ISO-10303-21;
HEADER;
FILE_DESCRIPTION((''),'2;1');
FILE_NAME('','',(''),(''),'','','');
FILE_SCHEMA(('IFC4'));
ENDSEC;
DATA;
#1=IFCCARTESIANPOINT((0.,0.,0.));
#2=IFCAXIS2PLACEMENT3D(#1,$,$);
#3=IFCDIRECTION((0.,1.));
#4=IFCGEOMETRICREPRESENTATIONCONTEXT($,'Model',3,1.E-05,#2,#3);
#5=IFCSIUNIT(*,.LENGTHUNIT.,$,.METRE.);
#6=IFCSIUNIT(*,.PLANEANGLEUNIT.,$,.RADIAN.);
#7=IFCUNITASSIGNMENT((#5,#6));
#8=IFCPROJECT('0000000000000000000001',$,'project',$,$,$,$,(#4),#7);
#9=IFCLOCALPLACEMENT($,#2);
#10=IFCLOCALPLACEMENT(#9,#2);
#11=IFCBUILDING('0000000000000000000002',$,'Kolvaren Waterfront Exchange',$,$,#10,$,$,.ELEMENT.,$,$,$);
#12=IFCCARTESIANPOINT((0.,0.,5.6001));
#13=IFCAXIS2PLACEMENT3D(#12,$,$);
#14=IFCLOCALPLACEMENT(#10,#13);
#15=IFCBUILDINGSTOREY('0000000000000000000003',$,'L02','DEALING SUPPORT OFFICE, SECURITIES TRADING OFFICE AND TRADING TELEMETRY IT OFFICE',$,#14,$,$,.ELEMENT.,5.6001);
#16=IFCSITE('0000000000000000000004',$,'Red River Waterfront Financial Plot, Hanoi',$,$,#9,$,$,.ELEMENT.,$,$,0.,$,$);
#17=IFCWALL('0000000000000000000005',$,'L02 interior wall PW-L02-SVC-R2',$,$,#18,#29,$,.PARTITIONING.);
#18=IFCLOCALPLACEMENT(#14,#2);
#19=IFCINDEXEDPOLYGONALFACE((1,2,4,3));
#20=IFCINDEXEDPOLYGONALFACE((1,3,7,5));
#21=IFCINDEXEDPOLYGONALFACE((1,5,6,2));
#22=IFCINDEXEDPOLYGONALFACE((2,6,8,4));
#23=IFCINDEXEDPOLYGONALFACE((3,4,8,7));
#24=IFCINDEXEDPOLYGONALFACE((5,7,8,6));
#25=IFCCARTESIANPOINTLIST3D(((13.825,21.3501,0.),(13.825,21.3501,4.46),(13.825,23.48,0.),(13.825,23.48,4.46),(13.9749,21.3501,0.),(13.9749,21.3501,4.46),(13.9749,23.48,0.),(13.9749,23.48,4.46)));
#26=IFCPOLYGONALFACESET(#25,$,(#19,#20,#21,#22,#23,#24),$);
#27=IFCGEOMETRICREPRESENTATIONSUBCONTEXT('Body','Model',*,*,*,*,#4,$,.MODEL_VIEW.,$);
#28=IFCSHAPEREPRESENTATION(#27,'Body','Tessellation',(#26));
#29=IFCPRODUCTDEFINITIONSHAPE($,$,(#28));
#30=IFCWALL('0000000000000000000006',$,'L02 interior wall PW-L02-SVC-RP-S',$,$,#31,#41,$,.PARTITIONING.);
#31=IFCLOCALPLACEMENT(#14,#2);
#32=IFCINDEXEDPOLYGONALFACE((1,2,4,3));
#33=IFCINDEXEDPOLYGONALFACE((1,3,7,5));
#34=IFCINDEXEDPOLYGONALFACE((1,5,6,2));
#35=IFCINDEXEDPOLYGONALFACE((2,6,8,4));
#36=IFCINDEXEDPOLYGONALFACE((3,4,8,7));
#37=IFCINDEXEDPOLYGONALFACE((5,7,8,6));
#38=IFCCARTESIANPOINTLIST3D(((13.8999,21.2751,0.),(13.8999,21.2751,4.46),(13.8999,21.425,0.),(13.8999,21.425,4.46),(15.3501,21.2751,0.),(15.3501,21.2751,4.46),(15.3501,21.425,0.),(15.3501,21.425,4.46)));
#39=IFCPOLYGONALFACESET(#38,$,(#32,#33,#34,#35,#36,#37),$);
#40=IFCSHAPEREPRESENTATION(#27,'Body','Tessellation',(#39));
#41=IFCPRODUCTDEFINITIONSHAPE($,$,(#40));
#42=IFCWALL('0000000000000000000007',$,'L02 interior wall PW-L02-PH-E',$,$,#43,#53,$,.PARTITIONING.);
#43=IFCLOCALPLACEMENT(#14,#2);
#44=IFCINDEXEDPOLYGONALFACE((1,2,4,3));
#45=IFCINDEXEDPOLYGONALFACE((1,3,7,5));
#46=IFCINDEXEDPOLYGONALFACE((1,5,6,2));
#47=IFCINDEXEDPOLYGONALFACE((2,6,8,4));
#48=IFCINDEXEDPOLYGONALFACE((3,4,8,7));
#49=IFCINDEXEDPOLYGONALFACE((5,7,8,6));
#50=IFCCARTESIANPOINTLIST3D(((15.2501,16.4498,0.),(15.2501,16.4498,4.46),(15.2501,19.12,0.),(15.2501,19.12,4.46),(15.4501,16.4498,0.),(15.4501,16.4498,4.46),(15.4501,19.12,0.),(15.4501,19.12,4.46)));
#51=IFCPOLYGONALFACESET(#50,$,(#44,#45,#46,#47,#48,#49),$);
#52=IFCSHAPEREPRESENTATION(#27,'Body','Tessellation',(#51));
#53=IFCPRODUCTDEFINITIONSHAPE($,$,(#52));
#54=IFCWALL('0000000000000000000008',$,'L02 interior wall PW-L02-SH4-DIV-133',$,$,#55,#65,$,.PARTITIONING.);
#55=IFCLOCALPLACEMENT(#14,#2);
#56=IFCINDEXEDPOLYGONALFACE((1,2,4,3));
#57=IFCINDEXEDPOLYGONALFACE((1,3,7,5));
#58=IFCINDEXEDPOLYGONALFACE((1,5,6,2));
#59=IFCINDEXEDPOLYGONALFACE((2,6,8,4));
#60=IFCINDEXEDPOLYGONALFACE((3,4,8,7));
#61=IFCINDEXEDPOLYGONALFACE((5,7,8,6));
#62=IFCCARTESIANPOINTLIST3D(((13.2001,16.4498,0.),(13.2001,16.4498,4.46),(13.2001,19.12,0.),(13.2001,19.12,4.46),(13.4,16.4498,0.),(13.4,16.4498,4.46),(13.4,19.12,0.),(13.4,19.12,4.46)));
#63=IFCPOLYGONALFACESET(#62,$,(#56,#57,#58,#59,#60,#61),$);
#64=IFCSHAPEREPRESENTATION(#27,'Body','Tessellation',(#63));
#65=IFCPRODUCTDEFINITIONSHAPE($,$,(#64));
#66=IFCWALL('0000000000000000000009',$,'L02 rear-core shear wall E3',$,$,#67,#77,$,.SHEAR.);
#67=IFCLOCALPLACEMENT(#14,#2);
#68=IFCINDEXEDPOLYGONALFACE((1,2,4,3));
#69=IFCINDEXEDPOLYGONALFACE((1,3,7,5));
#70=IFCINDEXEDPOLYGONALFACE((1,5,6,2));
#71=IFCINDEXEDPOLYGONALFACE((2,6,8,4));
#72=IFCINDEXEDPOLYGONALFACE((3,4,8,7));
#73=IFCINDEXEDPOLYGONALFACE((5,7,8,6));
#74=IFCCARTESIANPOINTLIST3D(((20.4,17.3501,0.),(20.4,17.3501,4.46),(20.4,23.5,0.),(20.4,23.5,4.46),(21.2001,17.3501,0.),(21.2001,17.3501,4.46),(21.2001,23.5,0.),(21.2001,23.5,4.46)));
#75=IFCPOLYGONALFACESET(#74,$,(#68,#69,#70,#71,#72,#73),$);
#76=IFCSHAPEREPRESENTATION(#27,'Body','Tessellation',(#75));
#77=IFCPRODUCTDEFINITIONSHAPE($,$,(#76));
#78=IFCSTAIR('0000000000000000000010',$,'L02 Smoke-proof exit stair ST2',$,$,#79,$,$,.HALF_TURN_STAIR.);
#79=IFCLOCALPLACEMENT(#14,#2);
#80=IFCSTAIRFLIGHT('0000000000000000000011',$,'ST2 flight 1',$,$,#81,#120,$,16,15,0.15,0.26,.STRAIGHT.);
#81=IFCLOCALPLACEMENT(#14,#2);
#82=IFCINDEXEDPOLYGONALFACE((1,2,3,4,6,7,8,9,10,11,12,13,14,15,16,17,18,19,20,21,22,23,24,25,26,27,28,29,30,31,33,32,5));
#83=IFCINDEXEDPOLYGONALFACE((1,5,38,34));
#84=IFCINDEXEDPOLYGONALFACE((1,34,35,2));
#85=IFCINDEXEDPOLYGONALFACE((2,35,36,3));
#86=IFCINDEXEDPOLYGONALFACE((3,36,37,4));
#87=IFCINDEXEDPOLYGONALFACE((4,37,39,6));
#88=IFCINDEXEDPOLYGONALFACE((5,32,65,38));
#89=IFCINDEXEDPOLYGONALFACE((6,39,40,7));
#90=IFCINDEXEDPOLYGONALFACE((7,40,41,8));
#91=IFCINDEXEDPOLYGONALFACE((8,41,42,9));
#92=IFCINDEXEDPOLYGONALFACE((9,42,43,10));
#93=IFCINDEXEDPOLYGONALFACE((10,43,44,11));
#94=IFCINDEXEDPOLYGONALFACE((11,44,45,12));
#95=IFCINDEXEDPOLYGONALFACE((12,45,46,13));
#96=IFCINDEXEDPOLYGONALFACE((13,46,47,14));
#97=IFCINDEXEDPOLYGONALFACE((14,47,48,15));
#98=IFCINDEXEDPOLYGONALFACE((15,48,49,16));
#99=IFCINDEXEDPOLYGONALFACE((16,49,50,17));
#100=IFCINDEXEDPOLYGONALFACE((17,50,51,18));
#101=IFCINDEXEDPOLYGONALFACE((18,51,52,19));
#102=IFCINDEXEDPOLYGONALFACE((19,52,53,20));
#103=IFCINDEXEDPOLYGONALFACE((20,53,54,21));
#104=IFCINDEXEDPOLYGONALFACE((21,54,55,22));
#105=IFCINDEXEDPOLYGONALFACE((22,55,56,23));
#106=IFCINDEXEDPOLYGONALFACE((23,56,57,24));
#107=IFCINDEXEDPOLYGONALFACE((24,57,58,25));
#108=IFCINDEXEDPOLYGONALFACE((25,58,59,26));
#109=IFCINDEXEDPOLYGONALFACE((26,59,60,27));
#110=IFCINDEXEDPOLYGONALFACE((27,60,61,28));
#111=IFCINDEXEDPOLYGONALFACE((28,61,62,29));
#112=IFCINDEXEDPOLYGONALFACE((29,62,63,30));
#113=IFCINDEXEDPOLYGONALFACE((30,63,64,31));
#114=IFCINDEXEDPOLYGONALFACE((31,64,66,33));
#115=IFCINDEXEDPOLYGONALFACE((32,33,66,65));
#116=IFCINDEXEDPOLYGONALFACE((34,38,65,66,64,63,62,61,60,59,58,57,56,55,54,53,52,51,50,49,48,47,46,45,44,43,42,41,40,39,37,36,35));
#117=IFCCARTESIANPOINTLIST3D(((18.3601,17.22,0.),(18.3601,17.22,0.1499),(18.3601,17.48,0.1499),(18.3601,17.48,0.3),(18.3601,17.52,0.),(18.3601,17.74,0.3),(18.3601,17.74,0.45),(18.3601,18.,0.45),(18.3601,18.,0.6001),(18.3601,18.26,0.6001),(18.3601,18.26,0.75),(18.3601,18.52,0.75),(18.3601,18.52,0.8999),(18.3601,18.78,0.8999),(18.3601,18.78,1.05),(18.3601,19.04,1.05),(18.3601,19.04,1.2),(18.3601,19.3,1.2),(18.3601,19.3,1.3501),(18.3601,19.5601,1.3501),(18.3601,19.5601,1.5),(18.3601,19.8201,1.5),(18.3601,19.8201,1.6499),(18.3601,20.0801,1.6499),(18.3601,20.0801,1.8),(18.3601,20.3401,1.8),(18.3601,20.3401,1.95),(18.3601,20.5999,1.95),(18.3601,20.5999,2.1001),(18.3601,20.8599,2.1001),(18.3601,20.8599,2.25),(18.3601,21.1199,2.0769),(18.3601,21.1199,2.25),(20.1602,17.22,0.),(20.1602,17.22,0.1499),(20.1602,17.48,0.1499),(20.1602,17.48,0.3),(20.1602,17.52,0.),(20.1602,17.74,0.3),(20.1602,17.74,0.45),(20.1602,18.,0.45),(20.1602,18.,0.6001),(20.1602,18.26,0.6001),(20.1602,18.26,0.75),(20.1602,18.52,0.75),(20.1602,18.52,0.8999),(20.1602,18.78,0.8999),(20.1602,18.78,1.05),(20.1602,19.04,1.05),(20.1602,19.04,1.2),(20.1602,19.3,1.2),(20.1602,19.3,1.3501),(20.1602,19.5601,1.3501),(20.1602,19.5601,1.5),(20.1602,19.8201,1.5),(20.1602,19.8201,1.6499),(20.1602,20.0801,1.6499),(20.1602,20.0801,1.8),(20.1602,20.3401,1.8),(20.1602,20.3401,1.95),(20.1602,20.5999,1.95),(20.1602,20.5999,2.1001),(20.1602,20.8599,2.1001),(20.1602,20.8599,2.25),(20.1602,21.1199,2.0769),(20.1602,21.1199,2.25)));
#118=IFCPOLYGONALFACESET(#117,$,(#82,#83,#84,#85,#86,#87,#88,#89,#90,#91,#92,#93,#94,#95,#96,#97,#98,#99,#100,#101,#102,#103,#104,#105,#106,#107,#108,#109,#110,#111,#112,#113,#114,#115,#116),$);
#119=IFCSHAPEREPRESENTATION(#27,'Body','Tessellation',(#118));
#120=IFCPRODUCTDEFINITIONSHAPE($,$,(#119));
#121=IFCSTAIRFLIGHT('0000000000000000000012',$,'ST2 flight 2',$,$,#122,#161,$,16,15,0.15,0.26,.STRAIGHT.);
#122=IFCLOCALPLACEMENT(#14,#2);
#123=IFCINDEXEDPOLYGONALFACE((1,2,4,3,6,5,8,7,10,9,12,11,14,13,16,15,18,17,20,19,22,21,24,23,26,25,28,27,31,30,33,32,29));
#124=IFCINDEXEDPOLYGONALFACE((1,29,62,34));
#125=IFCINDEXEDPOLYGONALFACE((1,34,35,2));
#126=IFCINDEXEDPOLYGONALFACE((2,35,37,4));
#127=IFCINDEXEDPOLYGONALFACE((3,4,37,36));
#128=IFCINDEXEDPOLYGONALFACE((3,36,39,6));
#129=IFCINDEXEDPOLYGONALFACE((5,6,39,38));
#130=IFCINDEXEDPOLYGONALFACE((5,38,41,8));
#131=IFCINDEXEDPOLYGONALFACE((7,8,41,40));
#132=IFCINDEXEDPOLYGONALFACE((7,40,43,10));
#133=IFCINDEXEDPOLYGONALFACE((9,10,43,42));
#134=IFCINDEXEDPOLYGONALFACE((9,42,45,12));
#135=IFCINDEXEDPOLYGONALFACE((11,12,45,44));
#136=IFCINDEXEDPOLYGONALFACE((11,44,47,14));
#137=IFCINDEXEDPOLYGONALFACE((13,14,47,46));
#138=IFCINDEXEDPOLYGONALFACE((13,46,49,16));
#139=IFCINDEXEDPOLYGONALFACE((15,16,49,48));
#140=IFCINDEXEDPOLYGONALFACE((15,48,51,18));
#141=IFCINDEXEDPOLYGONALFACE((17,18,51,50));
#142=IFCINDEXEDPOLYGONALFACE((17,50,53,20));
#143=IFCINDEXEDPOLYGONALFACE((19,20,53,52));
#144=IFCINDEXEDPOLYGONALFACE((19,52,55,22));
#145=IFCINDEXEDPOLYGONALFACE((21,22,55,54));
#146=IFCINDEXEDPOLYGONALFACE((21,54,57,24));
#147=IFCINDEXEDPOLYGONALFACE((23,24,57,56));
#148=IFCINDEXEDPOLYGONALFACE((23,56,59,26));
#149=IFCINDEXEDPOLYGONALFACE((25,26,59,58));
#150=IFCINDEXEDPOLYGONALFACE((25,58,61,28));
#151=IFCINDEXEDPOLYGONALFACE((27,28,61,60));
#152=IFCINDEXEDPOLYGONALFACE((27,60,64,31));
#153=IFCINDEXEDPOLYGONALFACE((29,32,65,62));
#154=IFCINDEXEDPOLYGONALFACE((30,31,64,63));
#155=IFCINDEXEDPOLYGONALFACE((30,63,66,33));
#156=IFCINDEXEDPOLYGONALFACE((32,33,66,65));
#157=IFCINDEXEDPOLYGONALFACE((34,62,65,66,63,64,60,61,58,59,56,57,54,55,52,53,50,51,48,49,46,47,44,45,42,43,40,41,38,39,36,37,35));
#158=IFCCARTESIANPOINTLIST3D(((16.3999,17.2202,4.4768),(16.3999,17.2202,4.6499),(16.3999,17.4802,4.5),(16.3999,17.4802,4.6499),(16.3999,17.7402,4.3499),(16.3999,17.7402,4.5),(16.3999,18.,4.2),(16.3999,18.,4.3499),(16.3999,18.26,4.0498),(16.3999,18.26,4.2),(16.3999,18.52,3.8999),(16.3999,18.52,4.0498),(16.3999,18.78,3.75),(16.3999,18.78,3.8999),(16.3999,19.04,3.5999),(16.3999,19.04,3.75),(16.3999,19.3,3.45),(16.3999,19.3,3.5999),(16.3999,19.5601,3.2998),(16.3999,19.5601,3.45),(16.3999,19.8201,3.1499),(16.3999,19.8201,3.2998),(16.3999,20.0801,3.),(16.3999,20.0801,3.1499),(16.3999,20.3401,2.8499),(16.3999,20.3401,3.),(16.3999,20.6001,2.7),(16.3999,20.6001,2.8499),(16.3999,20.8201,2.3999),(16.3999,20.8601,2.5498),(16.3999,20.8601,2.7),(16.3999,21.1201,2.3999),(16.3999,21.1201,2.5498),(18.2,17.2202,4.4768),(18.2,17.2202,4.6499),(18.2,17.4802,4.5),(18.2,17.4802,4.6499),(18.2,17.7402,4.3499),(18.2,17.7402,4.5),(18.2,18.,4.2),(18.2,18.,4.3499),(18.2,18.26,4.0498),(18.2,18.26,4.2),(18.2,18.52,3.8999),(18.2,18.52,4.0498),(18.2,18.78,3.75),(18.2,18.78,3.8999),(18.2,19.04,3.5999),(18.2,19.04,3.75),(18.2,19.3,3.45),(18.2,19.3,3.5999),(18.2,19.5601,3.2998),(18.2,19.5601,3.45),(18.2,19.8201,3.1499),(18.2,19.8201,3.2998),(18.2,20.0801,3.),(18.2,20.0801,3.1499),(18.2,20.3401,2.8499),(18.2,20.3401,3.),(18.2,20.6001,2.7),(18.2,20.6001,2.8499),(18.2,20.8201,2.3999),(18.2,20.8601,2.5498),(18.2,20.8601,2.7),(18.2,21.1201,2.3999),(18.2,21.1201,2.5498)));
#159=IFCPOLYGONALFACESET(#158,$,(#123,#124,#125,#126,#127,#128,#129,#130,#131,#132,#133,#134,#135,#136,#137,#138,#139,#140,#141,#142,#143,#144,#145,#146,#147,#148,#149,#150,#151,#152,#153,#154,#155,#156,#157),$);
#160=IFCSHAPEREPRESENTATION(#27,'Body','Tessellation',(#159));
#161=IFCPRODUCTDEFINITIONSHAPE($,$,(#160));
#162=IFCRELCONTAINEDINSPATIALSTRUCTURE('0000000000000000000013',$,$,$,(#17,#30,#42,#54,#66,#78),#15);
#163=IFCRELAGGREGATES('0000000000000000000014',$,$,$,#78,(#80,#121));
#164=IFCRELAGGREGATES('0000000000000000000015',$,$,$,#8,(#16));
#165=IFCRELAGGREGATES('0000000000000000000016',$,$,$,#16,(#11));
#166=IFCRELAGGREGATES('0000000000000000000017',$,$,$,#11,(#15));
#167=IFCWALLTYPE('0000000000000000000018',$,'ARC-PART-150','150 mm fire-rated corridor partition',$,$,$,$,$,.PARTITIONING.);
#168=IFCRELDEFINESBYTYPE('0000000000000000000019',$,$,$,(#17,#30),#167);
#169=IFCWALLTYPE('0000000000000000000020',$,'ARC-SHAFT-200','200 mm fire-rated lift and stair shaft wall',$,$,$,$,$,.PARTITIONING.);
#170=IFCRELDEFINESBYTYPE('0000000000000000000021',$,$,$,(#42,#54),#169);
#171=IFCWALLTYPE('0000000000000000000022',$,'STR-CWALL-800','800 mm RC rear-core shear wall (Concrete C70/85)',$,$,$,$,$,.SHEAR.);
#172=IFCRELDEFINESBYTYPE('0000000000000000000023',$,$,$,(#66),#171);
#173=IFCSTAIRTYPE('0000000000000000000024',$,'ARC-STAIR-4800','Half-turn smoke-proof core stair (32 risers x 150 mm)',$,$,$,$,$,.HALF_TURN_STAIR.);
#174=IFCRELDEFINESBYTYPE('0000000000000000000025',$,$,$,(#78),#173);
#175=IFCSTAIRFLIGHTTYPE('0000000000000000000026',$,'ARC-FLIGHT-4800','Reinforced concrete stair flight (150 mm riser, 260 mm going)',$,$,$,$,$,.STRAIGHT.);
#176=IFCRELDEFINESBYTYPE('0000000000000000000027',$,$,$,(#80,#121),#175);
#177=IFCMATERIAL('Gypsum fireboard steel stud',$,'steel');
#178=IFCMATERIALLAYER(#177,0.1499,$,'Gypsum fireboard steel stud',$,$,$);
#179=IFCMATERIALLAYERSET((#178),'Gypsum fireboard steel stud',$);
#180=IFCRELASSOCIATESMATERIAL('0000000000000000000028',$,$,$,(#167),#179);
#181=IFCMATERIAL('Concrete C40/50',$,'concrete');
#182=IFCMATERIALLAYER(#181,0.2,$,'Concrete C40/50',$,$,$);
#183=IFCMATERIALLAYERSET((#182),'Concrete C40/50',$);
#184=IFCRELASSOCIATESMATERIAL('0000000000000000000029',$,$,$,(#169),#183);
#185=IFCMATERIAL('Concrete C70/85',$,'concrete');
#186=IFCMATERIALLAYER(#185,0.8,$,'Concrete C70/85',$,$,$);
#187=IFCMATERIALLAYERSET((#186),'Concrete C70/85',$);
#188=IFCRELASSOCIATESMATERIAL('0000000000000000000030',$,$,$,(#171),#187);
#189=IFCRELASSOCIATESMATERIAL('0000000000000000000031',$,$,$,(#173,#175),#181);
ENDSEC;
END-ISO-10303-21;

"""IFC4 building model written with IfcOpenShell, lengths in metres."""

from ifc_helpers import new_model, si_unit, direction, frame, frame_2d, origin, place, context, subcontext, project, spatial, polyline, rectangle, outline, extrude, material, layer, layer_set, type_object, element, aggregate, save


model = new_model("IFC4")

# Units and contexts
model_context = context("Model", 3, precision=1e-05, world=origin(), true_north=direction((0.0, 1.0)))
body_context = subcontext(model_context, "Body", "Model", "MODEL_VIEW")
ifc_project = project(units=[si_unit("LENGTHUNIT", "METRE"), si_unit("PLANEANGLEUNIT", "RADIAN")], contexts=[model_context])

# Site, building, storey
site_placement = place(None, origin())
site = spatial("IfcSite", under=ifc_project, at=site_placement, Name="Red River Waterfront Financial Plot, Hanoi", CompositionType="ELEMENT", RefElevation=0.0)
building_placement = place(site_placement, origin())
building = spatial("IfcBuilding", under=site, at=building_placement, Name="Kolvaren Waterfront Exchange", CompositionType="ELEMENT")
storey_placement = place(building_placement, frame((0.0, 0.0, 5.6001)))
storey = spatial("IfcBuildingStorey", under=building, at=storey_placement, Name="L02", Description="DEALING SUPPORT OFFICE, SECURITIES TRADING OFFICE AND TRADING TELEMETRY IT OFFICE", CompositionType="ELEMENT", Elevation=5.6001)

# Shared definitions
ifc_material_1 = material(Name="Concrete C70/85", Category="concrete")

# Walls
ifc_material_2 = material(Name="Gypsum fireboard steel stud", Category="steel")
ifc_layer_1 = layer(ifc_material_2, 0.1499, Name="Gypsum fireboard steel stud")
ifc_layer_set_1 = layer_set([ifc_layer_1], Name="Gypsum fireboard steel stud")
wall_type_1 = type_object("IfcWallType", Name="ARC-PART-150", Description="150 mm fire-rated corridor partition", PredefinedType="PARTITIONING", material=ifc_layer_set_1)
wall_1_placement = place(storey_placement, frame((13.8999, 21.3501, 0.0), z_axis=(0.0, 0.0, 1.0), x_axis=(0.0, 1.0, 0.0)))
element("IfcWall", 1, at=wall_1_placement, inside=storey, type_object=wall_type_1, Name="L02 interior wall PW-L02-SVC-R2", PredefinedType="PARTITIONING", context=body_context, shape_type="SweptSolid", body=[
    extrude(rectangle(XDim=2.1299, YDim=0.1499, at=frame_2d((1.0649, 0.0))), origin(), (0.0, 0.0, 1.0), 4.46),
])
wall_2_placement = place(storey_placement, frame((13.8999, 21.3501, 0.0), z_axis=(0.0, 0.0, 1.0), x_axis=(1.0, 0.0, 0.0)))
element("IfcWall", 2, at=wall_2_placement, inside=storey, type_object=wall_type_1, Name="L02 interior wall PW-L02-SVC-RP-S", PredefinedType="PARTITIONING", context=body_context, shape_type="SweptSolid", body=[
    extrude(rectangle(XDim=1.4502, YDim=0.1499, at=frame_2d((0.7251, 0.0))), origin(), (0.0, 0.0, 1.0), 4.46),
])

# Walls
ifc_material_3 = material(Name="Concrete C40/50", Category="concrete")
ifc_layer_2 = layer(ifc_material_3, 0.2, Name="Concrete C40/50")
ifc_layer_set_2 = layer_set([ifc_layer_2], Name="Concrete C40/50")
wall_type_2 = type_object("IfcWallType", Name="ARC-SHAFT-200", Description="200 mm fire-rated lift and stair shaft wall", PredefinedType="PARTITIONING", material=ifc_layer_set_2)
for number, where, z_axis, x_axis, name in (
    (3, (15.3501, 16.45, 0.0), (0.0, 0.0, 1.0), (0.0, 1.0, 0.0), "L02 interior wall PW-L02-PH-E"),
    (4, (13.3, 16.45, 0.0), (0.0, 0.0, 1.0), (0.0, 1.0, 0.0), "L02 interior wall PW-L02-SH4-DIV-133"),
):
    element("IfcWall", number, at=place(storey_placement, frame(where, z_axis=z_axis, x_axis=x_axis)), inside=storey, type_object=wall_type_2, Name=name, PredefinedType="PARTITIONING", context=body_context, shape_type="SweptSolid", body=[
        extrude(rectangle(XDim=2.6702, YDim=0.2, at=frame_2d((1.335, 0.0))), origin(), (0.0, 0.0, 1.0), 4.46),
    ])
ifc_layer_3 = layer(ifc_material_1, 0.8, Name="Concrete C70/85")
ifc_layer_set_3 = layer_set([ifc_layer_3], Name="Concrete C70/85")
wall_type_3 = type_object("IfcWallType", Name="STR-CWALL-800", Description="800 mm RC rear-core shear wall (Concrete C70/85)", PredefinedType="SHEAR", material=ifc_layer_set_3)
wall_3_placement = place(storey_placement, frame((20.8, 17.3501, 0.0), z_axis=(0.0, 0.0, 1.0), x_axis=(0.0, 1.0, 0.0)))
element("IfcWall", 5, at=wall_3_placement, inside=storey, type_object=wall_type_3, Name="L02 rear-core shear wall E3", PredefinedType="SHEAR", context=body_context, shape_type="SweptSolid", body=[
    extrude(rectangle(XDim=6.1499, YDim=0.8, at=frame_2d((3.075, 0.0))), origin(), (0.0, 0.0, 1.0), 4.46),
])

# Stair, stair flights
stair_type = type_object("IfcStairType", Name="ARC-STAIR-4800", Description="Half-turn smoke-proof core stair (32 risers x 150 mm)", PredefinedType="HALF_TURN_STAIR", material=ifc_material_3)
stair_placement = place(storey_placement, origin())
stair = element("IfcStair", 6, at=stair_placement, inside=storey, type_object=stair_type, Name="L02 Smoke-proof exit stair ST2", PredefinedType="HALF_TURN_STAIR")
stair_flight_type = type_object("IfcStairFlightType", Name="ARC-FLIGHT-4800", Description="Reinforced concrete stair flight (150 mm riser, 260 mm going)", PredefinedType="STRAIGHT", material=ifc_material_3)
stair_flight_1_placement = place(storey_placement, frame((19.26, 17.22, 0.0), z_axis=(0.0, 0.0, 1.0), x_axis=(0.0, 1.0, 0.0)))
stair_flight_1 = element("IfcStairFlight", 7, at=stair_flight_1_placement, type_object=stair_flight_type, Name="ST2 flight 1", NumberOfRisers=16, NumberOfTreads=15, PredefinedType="STRAIGHT", RiserHeight=0.15, TreadLength=0.26, context=body_context, shape_type="SweptSolid", body=[
    extrude(outline(polyline([(0.0, 0.0), (0.0, 0.1499), (0.26, 0.1499), (0.26, 0.3), (0.52, 0.3), (0.52, 0.45), (0.78, 0.45), (0.78, 0.6001), (1.04, 0.6001), (1.04, 0.75), (1.3, 0.75), (1.3, 0.8999), (1.5601, 0.8999), (1.5601, 1.05), (1.8201, 1.05), (1.8201, 1.2), (2.0801, 1.2), (2.0801, 1.3501), (2.3401, 1.3501), (2.3401, 1.5), (2.6001, 1.5), (2.6001, 1.6499), (2.8601, 1.6499), (2.8601, 1.8), (3.1201, 1.8), (3.1201, 1.95), (3.3799, 1.95), (3.3799, 2.1001), (3.6399, 2.1001), (3.6399, 2.25), (3.8999, 2.25), (3.8999, 2.3999), (3.8999, 2.0769), (0.3, 0.0), (0.0, 0.0)])), frame((0.0, 0.8999, 0.0), z_axis=(0.0, -1.0, 0.0), x_axis=(1.0, 0.0, 0.0)), (0.0, 0.0, 1.0), 1.8),
])
stair_flight_2_placement = place(storey_placement, frame((17.3, 21.1201, 2.3999), z_axis=(0.0, 0.0, 1.0), x_axis=(0.0, -1.0, 0.0)))
stair_flight_2 = element("IfcStairFlight", 8, at=stair_flight_2_placement, type_object=stair_flight_type, Name="ST2 flight 2", NumberOfRisers=16, NumberOfTreads=15, PredefinedType="STRAIGHT", RiserHeight=0.15, TreadLength=0.26, context=body_context, shape_type="SweptSolid", body=[
    extrude(outline(polyline([(0.0, 0.0), (0.0, 0.1499), (0.26, 0.1499), (0.26, 0.3), (0.52, 0.3), (0.52, 0.45), (0.78, 0.45), (0.78, 0.6001), (1.04, 0.6001), (1.04, 0.75), (1.3, 0.75), (1.3, 0.8999), (1.5601, 0.8999), (1.5601, 1.05), (1.8201, 1.05), (1.8201, 1.2), (2.0801, 1.2), (2.0801, 1.3501), (2.3401, 1.3501), (2.3401, 1.5), (2.6001, 1.5), (2.6001, 1.6499), (2.8601, 1.6499), (2.8601, 1.8), (3.1201, 1.8), (3.1201, 1.95), (3.3799, 1.95), (3.3799, 2.1001), (3.6399, 2.1001), (3.6399, 2.25), (3.8999, 2.25), (3.8999, 2.3999), (3.8999, 2.0769), (0.3, 0.0), (0.0, 0.0)])), frame((0.0, 0.8999, 0.0), z_axis=(0.0, -1.0, 0.0), x_axis=(1.0, 0.0, 0.0)), (0.0, 0.0, 1.0), 1.8),
])
aggregate(stair, [stair_flight_1, stair_flight_2])

save(model, "model.ifc")
